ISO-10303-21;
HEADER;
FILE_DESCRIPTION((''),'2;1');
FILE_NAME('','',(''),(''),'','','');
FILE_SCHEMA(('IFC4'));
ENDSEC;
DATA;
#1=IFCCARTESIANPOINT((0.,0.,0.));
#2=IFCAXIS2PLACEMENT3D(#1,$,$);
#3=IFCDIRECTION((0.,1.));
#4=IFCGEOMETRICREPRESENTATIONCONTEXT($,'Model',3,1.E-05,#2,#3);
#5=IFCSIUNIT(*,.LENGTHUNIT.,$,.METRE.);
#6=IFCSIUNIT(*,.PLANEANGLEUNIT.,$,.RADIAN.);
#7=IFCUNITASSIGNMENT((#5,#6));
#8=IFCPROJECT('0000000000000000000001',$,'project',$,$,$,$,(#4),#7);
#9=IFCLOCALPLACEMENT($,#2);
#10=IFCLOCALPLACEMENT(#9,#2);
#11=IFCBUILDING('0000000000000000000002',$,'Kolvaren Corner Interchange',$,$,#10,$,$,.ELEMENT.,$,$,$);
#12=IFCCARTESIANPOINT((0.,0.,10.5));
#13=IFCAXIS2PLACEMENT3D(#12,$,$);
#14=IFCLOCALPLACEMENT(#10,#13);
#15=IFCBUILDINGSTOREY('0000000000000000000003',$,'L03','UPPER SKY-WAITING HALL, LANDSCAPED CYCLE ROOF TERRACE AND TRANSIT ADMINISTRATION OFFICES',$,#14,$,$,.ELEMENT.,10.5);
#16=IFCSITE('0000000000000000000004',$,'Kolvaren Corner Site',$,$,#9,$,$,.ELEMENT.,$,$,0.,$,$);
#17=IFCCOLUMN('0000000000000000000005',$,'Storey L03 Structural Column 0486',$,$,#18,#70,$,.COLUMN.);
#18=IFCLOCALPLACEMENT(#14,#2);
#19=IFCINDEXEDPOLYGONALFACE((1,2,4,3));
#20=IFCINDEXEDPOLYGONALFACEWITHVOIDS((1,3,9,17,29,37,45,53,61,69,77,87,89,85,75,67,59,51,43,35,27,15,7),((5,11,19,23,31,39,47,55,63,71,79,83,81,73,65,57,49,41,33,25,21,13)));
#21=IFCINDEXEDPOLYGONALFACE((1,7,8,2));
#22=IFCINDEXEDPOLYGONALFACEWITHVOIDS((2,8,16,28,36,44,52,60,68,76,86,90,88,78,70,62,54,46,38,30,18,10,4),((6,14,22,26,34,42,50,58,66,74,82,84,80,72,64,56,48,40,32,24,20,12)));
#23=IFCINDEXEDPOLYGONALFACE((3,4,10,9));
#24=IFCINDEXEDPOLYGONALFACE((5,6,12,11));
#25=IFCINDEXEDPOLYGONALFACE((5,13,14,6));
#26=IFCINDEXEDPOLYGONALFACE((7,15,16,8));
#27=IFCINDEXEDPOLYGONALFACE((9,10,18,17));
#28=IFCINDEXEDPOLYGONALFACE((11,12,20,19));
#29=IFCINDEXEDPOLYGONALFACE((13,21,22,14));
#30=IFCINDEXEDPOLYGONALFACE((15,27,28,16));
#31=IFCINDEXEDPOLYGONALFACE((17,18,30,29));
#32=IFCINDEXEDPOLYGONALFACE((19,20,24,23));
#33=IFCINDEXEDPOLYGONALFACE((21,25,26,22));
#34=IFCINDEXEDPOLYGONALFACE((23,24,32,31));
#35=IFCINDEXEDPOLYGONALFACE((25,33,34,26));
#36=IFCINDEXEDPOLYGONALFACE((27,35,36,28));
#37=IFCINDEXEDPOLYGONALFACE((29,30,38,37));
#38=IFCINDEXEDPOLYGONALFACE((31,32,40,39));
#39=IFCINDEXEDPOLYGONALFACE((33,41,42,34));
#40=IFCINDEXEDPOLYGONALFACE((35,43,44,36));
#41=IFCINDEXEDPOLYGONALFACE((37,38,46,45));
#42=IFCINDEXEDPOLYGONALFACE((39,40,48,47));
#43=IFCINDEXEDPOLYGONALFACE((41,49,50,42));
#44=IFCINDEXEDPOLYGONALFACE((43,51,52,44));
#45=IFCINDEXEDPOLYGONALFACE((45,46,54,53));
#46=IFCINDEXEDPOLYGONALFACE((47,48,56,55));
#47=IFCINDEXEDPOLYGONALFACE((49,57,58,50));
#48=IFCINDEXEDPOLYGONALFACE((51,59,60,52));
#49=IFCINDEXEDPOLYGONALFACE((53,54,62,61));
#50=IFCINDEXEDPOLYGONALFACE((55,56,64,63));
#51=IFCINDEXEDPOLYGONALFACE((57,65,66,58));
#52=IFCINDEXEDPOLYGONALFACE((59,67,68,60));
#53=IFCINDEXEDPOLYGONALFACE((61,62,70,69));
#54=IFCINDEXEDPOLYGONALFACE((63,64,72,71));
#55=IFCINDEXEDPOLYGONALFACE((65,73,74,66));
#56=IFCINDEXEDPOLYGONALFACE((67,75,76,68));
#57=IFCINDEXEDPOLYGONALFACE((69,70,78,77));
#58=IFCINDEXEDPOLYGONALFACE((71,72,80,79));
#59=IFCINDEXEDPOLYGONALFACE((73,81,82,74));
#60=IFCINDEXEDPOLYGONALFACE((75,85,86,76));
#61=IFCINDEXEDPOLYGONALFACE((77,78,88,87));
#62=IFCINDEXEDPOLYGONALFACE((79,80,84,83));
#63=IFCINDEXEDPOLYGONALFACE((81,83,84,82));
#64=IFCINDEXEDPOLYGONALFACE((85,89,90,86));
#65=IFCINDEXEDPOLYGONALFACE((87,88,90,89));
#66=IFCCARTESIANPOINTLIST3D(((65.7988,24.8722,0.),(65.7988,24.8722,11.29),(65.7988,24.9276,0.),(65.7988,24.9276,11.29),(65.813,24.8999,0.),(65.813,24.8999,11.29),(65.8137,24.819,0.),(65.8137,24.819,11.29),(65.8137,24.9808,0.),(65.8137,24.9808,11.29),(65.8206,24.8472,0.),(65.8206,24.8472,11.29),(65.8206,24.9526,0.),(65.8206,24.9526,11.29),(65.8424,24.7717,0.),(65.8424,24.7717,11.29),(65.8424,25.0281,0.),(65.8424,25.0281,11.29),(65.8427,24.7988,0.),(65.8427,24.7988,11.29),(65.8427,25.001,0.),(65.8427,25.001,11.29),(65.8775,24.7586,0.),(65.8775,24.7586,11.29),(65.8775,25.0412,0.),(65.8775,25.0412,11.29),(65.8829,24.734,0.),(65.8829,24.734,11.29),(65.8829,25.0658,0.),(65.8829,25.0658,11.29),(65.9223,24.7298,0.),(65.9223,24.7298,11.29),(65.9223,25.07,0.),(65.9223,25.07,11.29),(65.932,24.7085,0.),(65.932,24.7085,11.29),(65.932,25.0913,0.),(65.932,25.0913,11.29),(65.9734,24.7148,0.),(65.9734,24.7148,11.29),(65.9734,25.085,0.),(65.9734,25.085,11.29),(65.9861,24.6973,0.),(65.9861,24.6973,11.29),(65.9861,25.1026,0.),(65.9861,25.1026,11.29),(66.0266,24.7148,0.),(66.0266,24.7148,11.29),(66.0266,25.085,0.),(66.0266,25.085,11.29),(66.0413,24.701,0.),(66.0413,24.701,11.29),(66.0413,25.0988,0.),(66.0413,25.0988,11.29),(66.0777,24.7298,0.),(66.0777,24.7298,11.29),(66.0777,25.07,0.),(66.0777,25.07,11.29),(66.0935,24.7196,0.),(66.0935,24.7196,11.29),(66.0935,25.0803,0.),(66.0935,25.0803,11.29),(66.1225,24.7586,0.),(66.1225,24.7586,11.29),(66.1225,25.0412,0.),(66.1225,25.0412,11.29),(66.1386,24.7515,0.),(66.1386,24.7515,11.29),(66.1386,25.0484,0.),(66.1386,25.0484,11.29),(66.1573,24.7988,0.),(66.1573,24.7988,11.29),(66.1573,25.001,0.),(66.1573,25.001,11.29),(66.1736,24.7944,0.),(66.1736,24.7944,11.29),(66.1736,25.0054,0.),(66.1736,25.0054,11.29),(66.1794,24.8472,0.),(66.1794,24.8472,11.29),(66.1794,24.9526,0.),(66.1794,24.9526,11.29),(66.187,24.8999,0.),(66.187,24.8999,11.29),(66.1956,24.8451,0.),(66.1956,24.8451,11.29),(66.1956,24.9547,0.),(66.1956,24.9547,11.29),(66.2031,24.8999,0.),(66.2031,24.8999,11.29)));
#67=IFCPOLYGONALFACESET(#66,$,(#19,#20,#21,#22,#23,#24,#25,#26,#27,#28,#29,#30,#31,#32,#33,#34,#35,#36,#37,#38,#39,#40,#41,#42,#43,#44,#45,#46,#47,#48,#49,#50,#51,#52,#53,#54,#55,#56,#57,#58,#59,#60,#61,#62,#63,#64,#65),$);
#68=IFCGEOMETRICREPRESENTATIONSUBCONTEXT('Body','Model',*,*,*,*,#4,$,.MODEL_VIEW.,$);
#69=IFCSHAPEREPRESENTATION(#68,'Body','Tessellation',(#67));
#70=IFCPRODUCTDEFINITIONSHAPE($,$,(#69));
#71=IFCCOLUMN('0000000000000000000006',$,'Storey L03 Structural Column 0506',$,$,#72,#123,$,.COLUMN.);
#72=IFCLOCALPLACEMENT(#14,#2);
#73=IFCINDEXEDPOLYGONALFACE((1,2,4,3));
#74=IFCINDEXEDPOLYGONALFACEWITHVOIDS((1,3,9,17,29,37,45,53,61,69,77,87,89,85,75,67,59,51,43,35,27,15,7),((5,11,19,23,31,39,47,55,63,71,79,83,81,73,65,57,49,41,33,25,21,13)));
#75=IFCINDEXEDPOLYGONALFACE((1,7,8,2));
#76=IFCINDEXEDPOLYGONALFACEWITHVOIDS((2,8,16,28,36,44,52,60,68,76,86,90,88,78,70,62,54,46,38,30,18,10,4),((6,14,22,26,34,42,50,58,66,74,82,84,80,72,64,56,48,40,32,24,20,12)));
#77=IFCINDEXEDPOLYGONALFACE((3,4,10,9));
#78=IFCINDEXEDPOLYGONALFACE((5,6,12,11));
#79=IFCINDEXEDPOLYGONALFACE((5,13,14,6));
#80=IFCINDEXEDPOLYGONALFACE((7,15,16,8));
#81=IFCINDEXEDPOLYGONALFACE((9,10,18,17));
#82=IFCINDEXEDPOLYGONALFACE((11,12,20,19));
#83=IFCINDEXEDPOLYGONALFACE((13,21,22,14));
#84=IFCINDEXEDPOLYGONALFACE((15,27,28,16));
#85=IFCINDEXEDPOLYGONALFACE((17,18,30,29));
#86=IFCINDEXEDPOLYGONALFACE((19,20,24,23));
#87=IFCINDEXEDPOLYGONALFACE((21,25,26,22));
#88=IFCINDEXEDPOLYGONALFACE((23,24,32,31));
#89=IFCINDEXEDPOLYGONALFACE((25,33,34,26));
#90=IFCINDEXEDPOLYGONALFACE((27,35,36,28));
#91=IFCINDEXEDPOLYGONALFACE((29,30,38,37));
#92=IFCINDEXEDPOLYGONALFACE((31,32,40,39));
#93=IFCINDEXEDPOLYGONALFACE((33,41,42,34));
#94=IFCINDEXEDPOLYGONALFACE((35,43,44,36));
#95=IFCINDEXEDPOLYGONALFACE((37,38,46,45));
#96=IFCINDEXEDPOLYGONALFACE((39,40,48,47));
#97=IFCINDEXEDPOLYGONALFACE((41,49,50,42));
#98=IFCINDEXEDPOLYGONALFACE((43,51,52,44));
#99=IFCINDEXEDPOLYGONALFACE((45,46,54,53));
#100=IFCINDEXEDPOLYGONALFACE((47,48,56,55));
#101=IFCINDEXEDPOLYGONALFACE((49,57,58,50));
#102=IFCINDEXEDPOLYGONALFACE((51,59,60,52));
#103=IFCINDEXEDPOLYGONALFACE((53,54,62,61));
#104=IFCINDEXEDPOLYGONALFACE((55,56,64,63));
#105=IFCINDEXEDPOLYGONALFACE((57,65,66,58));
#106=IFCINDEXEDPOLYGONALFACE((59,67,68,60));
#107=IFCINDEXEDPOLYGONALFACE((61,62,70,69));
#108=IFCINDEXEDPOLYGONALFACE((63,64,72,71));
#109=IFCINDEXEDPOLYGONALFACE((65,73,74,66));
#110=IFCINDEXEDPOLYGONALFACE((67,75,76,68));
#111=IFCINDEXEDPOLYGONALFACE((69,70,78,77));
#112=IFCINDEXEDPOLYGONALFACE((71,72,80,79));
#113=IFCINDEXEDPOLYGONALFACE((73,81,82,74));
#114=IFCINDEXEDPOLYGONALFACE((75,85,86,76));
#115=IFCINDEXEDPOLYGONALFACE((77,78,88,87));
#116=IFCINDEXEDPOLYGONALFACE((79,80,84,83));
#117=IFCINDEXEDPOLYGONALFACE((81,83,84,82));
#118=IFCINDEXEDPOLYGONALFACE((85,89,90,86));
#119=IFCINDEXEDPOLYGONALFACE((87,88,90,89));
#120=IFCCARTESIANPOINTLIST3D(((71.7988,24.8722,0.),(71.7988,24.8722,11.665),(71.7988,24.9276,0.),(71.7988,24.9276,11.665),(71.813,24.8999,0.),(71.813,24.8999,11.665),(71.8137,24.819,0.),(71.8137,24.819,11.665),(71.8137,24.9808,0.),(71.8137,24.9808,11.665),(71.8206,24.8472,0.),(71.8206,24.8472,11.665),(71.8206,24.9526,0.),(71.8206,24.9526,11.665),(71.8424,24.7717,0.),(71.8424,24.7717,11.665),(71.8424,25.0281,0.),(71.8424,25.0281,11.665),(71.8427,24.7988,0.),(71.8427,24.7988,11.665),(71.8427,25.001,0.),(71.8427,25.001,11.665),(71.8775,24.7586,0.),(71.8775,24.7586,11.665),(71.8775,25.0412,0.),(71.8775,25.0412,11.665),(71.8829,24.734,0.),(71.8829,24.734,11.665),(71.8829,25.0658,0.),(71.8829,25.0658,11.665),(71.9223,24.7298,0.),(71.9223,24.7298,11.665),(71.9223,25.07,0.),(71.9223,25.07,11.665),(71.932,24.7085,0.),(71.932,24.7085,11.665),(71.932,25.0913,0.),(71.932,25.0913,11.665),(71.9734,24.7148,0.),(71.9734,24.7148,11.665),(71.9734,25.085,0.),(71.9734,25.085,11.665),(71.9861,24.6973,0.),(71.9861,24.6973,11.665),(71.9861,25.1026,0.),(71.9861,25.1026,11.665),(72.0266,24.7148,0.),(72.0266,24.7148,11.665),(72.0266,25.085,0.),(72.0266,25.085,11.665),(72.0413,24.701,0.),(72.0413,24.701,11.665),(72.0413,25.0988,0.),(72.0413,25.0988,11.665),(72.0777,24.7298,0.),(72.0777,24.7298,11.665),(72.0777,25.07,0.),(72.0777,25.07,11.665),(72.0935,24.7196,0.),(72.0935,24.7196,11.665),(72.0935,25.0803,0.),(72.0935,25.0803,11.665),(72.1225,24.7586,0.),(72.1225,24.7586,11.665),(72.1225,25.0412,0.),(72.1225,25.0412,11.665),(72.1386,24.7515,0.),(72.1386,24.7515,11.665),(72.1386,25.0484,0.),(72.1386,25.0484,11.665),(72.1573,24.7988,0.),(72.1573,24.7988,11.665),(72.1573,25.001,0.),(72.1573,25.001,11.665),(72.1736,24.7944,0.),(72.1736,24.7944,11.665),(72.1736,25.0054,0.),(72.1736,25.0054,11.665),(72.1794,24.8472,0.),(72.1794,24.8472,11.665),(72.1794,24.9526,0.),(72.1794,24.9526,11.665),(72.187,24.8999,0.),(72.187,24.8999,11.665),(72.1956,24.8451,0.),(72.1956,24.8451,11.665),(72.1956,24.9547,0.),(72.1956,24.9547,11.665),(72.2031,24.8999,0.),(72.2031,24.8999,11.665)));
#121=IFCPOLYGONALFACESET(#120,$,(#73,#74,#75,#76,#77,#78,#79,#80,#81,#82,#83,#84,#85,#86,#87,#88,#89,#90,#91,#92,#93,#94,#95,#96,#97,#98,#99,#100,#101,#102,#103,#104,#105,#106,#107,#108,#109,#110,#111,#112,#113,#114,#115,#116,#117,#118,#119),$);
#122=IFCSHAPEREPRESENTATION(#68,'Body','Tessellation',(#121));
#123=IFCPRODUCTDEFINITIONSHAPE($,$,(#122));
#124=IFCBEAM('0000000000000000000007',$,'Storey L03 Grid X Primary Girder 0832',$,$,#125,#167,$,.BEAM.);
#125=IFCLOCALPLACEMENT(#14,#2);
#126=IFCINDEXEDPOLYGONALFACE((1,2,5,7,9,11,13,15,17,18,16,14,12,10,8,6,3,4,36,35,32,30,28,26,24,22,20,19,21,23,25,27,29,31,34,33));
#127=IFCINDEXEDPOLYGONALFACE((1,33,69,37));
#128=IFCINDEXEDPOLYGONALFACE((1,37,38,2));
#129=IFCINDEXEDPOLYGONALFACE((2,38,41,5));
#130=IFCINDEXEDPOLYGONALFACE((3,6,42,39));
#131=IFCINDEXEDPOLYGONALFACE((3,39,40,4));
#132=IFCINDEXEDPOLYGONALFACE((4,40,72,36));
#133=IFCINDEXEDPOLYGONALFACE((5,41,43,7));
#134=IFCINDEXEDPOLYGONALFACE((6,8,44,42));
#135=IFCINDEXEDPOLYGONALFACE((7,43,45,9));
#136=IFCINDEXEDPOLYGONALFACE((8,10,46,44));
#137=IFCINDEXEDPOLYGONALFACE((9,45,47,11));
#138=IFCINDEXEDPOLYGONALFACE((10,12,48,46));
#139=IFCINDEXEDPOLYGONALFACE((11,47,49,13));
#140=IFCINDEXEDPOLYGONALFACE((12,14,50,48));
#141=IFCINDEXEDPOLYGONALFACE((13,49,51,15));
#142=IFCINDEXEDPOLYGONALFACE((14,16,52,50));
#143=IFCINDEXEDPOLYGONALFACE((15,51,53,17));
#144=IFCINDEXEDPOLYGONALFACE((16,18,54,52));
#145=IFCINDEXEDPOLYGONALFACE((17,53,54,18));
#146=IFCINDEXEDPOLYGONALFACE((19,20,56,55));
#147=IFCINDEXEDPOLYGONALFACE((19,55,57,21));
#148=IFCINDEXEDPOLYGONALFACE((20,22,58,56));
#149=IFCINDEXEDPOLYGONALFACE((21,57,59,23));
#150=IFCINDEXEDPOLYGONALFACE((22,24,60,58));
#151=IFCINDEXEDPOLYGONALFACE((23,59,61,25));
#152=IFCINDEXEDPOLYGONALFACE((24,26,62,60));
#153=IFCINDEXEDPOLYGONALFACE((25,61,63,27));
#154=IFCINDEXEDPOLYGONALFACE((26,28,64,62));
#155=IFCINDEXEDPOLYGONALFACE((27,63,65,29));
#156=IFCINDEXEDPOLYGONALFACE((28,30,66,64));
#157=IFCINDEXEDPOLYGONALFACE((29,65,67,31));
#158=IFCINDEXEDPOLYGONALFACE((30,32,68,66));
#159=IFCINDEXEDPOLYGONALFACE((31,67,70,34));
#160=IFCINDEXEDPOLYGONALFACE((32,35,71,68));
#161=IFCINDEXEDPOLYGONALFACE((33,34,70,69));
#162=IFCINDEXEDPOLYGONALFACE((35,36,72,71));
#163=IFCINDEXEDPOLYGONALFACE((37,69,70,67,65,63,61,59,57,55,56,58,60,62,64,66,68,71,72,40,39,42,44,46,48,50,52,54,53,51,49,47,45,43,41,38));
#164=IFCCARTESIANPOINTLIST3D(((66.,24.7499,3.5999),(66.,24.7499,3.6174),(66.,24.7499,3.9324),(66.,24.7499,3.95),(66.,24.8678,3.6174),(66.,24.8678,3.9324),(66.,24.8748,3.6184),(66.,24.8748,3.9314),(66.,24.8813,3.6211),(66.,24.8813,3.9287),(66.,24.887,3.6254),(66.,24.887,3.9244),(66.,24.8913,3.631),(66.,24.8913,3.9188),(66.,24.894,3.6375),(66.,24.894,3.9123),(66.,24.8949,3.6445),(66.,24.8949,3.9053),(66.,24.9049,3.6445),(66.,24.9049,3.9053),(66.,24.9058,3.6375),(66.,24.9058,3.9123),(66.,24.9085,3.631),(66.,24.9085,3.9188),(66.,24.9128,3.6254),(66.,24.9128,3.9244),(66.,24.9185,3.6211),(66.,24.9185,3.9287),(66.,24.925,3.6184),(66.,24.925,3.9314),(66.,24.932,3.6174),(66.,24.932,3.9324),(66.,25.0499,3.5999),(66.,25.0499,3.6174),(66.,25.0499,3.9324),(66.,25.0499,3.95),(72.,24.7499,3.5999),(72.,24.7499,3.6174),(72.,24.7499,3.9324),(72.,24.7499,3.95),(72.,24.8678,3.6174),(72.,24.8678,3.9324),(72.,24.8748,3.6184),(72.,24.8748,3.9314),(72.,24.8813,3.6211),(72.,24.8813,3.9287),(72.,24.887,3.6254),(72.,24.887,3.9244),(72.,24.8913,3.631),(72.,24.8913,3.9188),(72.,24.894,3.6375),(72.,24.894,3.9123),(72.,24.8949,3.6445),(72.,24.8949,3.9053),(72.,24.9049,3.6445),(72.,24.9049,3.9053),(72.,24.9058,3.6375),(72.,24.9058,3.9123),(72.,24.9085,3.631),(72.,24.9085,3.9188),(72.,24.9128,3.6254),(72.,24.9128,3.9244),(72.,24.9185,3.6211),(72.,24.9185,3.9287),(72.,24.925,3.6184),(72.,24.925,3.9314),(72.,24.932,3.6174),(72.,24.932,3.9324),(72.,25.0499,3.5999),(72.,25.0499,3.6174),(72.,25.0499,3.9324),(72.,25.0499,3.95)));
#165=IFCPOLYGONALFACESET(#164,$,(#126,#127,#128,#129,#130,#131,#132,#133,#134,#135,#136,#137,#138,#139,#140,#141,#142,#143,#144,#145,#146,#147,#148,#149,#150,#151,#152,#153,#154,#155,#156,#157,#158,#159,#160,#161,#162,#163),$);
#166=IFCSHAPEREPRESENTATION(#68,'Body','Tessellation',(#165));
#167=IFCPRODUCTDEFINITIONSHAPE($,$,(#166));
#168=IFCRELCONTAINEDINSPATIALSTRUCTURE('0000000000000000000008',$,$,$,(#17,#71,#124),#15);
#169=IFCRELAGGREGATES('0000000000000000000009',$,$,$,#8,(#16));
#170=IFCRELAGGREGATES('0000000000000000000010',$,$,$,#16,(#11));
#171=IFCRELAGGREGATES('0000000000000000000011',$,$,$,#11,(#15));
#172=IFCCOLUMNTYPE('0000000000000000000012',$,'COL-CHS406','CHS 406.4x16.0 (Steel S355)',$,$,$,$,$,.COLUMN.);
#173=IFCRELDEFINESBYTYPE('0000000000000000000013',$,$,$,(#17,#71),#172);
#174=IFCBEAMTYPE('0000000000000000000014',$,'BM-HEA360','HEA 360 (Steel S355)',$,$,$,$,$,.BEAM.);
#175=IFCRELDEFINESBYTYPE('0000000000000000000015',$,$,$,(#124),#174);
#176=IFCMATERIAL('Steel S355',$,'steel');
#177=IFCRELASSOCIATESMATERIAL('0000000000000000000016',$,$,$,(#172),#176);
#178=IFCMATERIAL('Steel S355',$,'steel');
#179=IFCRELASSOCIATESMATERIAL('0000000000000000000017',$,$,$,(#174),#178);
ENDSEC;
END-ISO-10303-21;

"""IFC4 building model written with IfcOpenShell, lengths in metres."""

from ifc_helpers import new_model, si_unit, direction, frame, origin, origin_2d, place, context, subcontext, project, spatial, hollow_circle, i_section, extrude, material, material_profile, profile_set, type_object, element, save


model = new_model("IFC4")

# Units and contexts
model_context = context("Model", 3, precision=1e-05, world=origin(), true_north=direction((0.0, 1.0)))
body_context = subcontext(model_context, "Body", "Model", "MODEL_VIEW")
ifc_project = project(units=[si_unit("LENGTHUNIT", "METRE"), si_unit("PLANEANGLEUNIT", "RADIAN")], contexts=[model_context])

# Site, building, storey
site_placement = place(None, origin())
site = spatial("IfcSite", under=ifc_project, at=site_placement, Name="Kolvaren Corner Site", CompositionType="ELEMENT", RefElevation=0.0)
building_placement = place(site_placement, origin())
building = spatial("IfcBuilding", under=site, at=building_placement, Name="Kolvaren Corner Interchange", CompositionType="ELEMENT")
storey_placement = place(building_placement, frame((0.0, 0.0, 10.5)))
storey = spatial("IfcBuildingStorey", under=building, at=storey_placement, Name="L03", Description="UPPER SKY-WAITING HALL, LANDSCAPED CYCLE ROOF TERRACE AND TRANSIT ADMINISTRATION OFFICES", CompositionType="ELEMENT", Elevation=10.5)

# Columns
ifc_material_1 = material(Name="Steel S355", Category="steel")
ifc_material_profile_1 = material_profile(ifc_material_1, hollow_circle(Radius=0.2031, WallThickness=0.0161, at=origin_2d()), Name="CHS 406.4x16.0")
ifc_profile_set_1 = profile_set([ifc_material_profile_1], Name="Steel S355")
column_type = type_object("IfcColumnType", Name="COL-CHS406", Description="CHS 406.4x16.0 (Steel S355)", PredefinedType="COLUMN", material=ifc_profile_set_1)
column_1_placement = place(storey_placement, frame((66.0, 24.8999, 0.0), z_axis=(0.0, 0.0, 1.0), x_axis=(1.0, 0.0, 0.0)))
element("IfcColumn", 1, at=column_1_placement, inside=storey, type_object=column_type, Name="Storey L03 Structural Column 0486", PredefinedType="COLUMN", context=body_context, shape_type="SweptSolid", body=[
    extrude(hollow_circle(Radius=0.2031, WallThickness=0.0161, at=origin_2d()), origin(), (0.0, 0.0, 1.0), 11.29),
])
column_2_placement = place(storey_placement, frame((72.0, 24.8999, 0.0), z_axis=(0.0, 0.0, 1.0), x_axis=(1.0, 0.0, 0.0)))
element("IfcColumn", 2, at=column_2_placement, inside=storey, type_object=column_type, Name="Storey L03 Structural Column 0506", PredefinedType="COLUMN", context=body_context, shape_type="SweptSolid", body=[
    extrude(hollow_circle(Radius=0.2031, WallThickness=0.0161, at=origin_2d()), origin(), (0.0, 0.0, 1.0), 11.665),
])

# Beam
ifc_material_2 = material(Name="Steel S355", Category="steel")
ifc_material_profile_2 = material_profile(ifc_material_2, i_section(OverallWidth=0.3, OverallDepth=0.3501, WebThickness=0.01, FlangeThickness=0.0176, FilletRadius=0.0271, at=origin_2d()), Name="HEA 360")
ifc_profile_set_2 = profile_set([ifc_material_profile_2], Name="Steel S355")
beam_type_1 = type_object("IfcBeamType", Name="BM-HEA360", Description="HEA 360 (Steel S355)", PredefinedType="BEAM", material=ifc_profile_set_2)
for number, where, z_axis, x_axis, name in (
    (3, (66.0, 24.8999, 3.7749), (1.0, 0.0, 0.0), (0.0, 1.0, 0.0), "Storey L03 Grid X Primary Girder 0832"),
):
    element("IfcBeam", number, at=place(storey_placement, frame(where, z_axis=z_axis, x_axis=x_axis)), inside=storey, type_object=beam_type_1, Name=name, PredefinedType="BEAM", context=body_context, shape_type="SweptSolid", body=[
        extrude(i_section(OverallWidth=0.3, OverallDepth=0.3501, WebThickness=0.01, FlangeThickness=0.0176, FilletRadius=0.0271, at=origin_2d()), origin(), (0.0, 0.0, 1.0), 6.0),
    ])

save(model, "model.ifc")
